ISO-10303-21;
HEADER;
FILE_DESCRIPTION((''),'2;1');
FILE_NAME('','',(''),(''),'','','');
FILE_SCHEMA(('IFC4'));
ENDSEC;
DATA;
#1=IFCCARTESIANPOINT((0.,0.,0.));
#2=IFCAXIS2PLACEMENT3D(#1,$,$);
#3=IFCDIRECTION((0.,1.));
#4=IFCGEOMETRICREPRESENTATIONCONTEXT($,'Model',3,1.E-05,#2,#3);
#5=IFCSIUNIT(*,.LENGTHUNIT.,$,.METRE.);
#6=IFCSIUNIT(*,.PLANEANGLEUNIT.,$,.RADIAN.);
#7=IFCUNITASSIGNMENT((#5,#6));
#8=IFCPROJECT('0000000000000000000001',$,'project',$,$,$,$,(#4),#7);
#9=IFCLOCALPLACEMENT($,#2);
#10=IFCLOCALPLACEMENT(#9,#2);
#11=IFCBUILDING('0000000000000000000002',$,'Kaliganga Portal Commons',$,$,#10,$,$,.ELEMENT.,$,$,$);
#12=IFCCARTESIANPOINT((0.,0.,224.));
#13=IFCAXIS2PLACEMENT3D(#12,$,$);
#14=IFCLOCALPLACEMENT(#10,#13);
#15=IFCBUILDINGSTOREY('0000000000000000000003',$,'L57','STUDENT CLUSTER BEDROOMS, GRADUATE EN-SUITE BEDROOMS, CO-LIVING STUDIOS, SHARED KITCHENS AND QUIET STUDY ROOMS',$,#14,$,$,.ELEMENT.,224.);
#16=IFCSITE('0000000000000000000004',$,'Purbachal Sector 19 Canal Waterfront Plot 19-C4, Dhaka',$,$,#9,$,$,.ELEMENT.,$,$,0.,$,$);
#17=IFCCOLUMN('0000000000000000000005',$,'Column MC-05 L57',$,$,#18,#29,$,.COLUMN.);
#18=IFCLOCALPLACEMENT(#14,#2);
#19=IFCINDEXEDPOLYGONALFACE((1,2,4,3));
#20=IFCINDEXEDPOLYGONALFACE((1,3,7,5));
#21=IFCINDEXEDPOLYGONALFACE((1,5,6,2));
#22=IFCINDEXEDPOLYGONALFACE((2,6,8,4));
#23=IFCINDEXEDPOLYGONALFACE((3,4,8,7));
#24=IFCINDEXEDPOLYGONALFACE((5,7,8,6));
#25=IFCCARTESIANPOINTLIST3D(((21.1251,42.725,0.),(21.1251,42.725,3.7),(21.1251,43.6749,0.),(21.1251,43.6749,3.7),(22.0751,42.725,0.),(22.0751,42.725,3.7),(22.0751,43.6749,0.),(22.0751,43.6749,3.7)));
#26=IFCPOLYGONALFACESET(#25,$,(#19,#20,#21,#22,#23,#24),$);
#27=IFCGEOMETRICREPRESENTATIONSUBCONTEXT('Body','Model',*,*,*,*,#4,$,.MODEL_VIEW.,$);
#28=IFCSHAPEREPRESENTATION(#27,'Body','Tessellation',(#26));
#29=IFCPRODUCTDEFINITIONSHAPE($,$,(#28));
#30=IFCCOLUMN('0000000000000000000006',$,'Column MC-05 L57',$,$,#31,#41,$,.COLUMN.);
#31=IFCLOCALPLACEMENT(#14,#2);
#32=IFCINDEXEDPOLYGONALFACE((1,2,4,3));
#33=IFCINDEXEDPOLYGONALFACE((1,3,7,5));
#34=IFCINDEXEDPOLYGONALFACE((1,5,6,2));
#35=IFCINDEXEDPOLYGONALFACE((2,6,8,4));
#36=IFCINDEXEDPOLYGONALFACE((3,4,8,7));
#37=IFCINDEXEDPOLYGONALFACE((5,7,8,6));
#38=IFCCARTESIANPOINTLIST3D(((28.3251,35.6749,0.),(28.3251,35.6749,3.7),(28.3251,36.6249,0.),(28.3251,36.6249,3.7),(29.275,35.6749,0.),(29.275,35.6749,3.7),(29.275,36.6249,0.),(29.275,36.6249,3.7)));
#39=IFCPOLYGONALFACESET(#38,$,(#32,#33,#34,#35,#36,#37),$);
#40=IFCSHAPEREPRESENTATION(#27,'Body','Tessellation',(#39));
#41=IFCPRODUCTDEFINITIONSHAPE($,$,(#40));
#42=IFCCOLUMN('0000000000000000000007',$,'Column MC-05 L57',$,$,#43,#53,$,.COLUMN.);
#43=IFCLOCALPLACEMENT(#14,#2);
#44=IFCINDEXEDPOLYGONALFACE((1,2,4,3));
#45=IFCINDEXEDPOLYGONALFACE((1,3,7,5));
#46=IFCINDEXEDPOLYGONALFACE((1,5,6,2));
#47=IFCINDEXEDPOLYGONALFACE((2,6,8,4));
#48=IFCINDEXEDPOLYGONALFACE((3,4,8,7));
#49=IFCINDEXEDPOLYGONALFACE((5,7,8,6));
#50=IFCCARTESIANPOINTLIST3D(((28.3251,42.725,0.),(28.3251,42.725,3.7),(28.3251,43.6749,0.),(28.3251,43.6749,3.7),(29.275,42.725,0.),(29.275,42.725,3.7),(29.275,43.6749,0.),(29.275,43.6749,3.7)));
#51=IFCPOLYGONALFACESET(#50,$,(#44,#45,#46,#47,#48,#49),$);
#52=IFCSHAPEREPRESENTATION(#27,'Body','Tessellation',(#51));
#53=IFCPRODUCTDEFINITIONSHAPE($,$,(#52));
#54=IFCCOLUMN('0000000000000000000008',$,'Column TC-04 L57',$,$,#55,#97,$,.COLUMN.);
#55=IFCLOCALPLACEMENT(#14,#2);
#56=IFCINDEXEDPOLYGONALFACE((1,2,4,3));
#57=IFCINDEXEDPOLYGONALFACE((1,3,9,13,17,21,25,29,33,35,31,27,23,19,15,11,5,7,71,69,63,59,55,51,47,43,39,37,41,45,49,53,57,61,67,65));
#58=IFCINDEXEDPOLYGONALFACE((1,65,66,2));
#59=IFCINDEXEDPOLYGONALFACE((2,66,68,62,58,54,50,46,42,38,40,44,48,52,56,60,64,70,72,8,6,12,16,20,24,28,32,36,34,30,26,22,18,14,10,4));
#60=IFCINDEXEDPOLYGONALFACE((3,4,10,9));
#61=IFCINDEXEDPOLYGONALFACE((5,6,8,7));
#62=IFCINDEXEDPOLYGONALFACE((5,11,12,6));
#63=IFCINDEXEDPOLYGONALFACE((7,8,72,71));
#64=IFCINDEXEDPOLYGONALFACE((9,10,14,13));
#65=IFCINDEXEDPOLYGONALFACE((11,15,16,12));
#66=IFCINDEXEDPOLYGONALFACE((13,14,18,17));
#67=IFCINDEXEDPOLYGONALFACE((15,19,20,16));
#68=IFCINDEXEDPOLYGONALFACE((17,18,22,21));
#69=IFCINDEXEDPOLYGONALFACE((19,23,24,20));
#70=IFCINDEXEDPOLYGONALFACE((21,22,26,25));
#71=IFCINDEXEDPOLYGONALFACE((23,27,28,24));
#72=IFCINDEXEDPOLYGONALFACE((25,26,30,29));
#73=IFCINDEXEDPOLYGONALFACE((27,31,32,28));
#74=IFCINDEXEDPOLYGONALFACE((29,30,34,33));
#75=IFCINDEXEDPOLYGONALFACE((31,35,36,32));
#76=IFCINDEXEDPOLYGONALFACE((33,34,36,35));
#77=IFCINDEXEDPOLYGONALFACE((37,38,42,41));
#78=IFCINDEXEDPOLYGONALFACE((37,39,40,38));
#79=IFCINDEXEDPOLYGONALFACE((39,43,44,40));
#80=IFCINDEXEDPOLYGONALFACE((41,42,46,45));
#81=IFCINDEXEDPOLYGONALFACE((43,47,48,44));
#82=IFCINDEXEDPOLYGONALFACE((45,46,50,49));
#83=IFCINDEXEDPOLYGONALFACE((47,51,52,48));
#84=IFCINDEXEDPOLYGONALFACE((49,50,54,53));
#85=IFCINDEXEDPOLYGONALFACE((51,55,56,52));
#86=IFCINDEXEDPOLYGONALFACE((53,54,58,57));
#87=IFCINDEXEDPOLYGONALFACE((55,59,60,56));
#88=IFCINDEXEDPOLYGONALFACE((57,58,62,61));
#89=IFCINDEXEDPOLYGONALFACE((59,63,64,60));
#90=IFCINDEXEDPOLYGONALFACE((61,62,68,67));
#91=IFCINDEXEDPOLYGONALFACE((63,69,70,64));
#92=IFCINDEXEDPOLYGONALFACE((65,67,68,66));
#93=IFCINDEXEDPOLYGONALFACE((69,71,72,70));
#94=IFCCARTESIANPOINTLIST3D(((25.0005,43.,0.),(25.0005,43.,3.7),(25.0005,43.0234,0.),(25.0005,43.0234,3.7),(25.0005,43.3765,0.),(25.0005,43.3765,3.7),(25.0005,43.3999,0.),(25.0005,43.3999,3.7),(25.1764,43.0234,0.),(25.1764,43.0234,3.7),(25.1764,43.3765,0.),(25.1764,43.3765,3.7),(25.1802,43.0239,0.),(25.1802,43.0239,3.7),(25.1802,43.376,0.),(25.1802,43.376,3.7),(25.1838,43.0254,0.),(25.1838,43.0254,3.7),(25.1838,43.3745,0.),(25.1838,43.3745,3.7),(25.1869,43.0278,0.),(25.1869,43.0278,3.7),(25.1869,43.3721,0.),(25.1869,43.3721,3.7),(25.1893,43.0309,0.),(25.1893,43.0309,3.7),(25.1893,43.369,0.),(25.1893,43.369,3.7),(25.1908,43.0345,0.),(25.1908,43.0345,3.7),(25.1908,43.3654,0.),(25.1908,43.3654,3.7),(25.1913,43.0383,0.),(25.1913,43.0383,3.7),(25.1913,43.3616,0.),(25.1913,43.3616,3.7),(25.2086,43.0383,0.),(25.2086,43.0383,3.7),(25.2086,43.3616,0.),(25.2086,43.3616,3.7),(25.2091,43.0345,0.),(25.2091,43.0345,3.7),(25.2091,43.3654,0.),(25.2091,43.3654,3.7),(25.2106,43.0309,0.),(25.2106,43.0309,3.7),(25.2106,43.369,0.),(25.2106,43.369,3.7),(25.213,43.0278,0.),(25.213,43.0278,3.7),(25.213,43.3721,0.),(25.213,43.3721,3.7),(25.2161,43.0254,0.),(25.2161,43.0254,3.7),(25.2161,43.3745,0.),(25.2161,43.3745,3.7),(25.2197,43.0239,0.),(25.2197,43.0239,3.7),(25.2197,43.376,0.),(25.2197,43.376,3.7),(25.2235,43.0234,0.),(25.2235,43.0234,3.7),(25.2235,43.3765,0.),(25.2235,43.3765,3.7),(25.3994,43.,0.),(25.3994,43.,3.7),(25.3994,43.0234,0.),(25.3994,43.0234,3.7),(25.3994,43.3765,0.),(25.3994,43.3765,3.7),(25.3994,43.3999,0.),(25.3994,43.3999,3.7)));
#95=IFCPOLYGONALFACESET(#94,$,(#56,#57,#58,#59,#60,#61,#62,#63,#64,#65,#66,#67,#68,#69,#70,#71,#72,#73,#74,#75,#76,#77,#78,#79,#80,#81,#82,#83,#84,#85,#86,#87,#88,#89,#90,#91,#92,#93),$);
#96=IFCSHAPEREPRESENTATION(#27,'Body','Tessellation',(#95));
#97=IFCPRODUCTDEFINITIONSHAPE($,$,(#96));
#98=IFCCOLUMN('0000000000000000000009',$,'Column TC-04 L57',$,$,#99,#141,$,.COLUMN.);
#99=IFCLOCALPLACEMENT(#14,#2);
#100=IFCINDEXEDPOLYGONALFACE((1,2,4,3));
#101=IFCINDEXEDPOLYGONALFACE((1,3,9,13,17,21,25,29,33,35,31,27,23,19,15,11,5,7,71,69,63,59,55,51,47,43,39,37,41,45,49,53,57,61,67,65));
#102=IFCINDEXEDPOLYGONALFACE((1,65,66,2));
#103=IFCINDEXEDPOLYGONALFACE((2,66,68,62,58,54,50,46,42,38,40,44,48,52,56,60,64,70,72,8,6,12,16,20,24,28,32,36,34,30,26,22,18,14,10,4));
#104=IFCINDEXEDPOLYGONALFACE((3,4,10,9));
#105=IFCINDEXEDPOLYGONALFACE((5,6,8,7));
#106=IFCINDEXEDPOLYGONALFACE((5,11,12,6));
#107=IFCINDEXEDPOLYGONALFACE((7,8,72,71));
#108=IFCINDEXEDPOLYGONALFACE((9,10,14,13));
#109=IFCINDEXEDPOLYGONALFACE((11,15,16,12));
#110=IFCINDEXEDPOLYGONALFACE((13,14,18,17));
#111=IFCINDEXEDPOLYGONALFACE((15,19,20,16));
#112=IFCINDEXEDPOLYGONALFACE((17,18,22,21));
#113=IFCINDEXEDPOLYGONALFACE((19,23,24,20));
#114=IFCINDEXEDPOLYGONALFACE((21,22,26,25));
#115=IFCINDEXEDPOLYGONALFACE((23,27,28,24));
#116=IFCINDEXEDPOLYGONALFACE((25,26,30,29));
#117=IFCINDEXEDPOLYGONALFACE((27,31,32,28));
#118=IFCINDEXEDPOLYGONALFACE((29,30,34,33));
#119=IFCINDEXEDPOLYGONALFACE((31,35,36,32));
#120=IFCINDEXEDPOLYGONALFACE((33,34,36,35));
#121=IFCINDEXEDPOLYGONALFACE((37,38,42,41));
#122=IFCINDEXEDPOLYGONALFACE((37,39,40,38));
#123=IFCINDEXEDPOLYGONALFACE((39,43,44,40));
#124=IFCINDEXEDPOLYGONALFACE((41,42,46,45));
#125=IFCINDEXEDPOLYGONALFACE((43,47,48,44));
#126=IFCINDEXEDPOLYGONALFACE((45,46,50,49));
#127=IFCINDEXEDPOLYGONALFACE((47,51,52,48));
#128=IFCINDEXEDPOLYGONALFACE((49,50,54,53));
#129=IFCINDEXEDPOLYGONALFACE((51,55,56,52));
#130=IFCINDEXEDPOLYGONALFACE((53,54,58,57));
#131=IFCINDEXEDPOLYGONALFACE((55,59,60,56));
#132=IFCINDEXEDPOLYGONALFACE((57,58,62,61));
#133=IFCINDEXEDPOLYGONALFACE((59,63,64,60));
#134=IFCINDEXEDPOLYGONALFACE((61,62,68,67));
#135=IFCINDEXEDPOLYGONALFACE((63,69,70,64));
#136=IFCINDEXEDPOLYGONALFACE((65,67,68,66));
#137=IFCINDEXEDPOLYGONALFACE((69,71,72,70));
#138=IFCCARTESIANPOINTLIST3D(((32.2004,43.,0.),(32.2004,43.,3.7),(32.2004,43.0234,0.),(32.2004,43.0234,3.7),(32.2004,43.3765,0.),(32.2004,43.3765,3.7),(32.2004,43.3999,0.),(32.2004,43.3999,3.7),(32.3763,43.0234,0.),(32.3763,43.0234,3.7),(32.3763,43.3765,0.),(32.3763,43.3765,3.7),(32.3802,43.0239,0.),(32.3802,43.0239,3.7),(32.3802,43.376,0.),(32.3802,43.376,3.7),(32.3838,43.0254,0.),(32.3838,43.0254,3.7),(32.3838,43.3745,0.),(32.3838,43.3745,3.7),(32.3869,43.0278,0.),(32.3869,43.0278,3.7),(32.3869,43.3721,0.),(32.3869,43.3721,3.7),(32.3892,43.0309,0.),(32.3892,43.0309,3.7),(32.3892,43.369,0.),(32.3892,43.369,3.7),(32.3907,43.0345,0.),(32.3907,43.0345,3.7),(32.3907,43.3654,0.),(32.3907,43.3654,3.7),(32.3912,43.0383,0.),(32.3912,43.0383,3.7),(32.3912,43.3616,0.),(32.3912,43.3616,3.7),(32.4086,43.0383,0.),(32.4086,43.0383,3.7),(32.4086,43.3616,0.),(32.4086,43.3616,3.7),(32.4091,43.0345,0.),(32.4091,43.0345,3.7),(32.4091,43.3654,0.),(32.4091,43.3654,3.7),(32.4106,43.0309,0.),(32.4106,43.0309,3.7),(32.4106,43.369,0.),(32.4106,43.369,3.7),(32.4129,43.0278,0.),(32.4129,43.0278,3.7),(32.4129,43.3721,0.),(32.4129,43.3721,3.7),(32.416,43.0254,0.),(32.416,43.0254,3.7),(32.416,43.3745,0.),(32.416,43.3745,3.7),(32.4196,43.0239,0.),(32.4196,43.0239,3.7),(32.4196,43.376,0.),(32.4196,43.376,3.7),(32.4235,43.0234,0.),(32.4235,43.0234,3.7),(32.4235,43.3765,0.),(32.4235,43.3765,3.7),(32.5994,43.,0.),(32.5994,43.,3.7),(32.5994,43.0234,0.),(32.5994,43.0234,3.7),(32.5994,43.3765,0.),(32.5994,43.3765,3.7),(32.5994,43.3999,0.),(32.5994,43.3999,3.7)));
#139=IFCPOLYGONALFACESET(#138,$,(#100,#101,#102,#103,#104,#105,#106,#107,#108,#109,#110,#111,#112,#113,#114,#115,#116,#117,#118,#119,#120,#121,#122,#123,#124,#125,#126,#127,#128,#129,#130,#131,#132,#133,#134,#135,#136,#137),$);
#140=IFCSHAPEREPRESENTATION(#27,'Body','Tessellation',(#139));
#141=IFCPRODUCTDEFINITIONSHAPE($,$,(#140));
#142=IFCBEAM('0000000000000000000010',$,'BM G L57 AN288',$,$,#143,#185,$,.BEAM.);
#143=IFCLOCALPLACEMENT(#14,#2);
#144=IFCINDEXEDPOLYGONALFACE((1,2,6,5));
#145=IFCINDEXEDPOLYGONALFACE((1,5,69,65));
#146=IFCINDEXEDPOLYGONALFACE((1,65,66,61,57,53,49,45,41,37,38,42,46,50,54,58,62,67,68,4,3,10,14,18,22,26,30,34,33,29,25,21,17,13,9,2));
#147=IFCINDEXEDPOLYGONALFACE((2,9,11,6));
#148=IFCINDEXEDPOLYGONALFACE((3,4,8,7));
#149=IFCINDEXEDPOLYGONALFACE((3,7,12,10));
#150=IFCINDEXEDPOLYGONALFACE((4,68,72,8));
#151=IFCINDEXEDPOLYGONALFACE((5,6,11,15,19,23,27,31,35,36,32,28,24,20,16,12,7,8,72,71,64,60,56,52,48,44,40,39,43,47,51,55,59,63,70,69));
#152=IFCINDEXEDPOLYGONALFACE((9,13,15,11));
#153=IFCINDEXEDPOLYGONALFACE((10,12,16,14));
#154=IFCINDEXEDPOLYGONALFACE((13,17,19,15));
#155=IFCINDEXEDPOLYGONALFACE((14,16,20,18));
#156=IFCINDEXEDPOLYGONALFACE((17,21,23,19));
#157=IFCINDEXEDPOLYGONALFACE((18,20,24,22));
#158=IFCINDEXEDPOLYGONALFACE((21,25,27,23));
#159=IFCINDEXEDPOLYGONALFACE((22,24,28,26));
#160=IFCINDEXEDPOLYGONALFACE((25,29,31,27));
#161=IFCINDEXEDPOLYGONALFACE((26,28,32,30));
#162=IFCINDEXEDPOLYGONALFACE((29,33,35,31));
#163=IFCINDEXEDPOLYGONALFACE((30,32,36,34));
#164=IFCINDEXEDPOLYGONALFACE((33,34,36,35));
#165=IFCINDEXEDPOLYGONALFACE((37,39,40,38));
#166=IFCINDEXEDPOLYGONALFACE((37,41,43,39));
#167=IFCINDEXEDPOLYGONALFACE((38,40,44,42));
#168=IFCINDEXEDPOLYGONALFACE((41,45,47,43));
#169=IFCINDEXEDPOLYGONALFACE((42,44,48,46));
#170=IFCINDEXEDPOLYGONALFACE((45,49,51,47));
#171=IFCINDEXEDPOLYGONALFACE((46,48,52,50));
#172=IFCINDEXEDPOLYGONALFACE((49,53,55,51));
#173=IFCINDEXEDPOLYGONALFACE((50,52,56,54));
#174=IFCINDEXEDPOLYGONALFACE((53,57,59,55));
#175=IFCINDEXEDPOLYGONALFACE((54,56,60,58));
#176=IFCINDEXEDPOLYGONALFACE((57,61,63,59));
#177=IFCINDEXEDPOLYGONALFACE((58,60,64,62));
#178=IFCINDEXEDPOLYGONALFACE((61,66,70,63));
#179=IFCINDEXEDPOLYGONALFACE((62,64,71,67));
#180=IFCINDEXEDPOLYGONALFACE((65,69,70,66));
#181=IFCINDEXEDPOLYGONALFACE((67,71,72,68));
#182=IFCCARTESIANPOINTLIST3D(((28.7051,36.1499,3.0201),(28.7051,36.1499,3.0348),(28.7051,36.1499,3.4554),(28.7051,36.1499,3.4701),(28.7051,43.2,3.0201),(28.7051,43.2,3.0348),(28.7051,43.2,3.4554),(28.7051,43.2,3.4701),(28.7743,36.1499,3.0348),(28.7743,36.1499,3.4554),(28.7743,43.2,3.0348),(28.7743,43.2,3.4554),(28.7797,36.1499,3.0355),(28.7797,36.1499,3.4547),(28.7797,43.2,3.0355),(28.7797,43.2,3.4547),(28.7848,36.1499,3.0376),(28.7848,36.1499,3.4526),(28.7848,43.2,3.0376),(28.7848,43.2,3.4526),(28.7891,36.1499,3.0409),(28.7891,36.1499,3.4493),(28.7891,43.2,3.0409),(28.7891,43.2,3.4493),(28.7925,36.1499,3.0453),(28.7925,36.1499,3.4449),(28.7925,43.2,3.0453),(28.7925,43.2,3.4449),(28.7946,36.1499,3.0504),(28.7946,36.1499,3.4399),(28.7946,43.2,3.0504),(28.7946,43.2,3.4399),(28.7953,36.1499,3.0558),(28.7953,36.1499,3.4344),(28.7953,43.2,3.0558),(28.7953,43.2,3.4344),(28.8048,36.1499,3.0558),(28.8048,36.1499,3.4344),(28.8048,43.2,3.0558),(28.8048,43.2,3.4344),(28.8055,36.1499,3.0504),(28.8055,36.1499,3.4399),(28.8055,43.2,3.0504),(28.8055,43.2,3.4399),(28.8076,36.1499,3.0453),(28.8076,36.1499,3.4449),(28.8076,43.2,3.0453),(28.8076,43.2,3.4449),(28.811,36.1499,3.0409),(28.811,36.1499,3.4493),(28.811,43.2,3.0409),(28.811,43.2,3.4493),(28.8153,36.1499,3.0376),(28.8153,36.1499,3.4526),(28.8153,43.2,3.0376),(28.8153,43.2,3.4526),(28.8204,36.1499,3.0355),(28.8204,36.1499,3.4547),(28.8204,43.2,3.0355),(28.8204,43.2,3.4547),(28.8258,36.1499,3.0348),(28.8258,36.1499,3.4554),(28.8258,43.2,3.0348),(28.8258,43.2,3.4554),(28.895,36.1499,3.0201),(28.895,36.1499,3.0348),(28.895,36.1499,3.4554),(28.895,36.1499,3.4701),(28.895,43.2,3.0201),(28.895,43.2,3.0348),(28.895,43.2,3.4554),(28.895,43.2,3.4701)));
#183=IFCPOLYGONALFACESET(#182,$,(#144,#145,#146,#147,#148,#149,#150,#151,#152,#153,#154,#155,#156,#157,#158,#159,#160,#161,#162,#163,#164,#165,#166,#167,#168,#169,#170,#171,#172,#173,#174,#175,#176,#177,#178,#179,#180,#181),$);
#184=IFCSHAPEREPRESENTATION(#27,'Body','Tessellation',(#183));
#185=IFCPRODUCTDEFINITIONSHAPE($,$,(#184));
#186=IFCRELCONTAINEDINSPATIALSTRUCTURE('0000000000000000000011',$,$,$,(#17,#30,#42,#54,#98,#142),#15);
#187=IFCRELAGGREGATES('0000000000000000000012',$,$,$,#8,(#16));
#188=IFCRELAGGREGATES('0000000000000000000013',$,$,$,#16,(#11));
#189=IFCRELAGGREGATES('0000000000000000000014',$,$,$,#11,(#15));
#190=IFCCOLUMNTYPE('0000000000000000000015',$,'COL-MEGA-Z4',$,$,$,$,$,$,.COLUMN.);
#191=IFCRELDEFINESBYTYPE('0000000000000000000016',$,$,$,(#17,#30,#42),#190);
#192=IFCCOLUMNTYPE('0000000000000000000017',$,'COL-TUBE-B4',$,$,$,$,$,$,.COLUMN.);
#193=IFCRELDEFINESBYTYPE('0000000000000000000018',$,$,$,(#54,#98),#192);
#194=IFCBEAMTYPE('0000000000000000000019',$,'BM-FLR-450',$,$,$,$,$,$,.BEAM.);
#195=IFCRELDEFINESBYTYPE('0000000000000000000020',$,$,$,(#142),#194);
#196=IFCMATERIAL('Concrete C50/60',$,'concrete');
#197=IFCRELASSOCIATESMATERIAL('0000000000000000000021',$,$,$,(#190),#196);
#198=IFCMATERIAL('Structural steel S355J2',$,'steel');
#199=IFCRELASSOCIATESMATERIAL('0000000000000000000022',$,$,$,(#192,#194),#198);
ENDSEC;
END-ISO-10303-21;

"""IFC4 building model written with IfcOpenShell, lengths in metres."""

from ifc_helpers import new_model, si_unit, direction, frame, origin, origin_2d, place, context, subcontext, project, spatial, rectangle, i_section, extrude, source, transform, mapped, material, material_profile, profile_set, type_object, element, save


model = new_model("IFC4")

# Units and contexts
model_context = context("Model", 3, precision=1e-05, world=origin(), true_north=direction((0.0, 1.0)))
body_context = subcontext(model_context, "Body", "Model", "MODEL_VIEW")
ifc_project = project(units=[si_unit("LENGTHUNIT", "METRE"), si_unit("PLANEANGLEUNIT", "RADIAN")], contexts=[model_context])

# Site, building, storey
site_placement = place(None, origin())
site = spatial("IfcSite", under=ifc_project, at=site_placement, Name="Purbachal Sector 19 Canal Waterfront Plot 19-C4, Dhaka", CompositionType="ELEMENT", RefElevation=0.0)
building_placement = place(site_placement, origin())
building = spatial("IfcBuilding", under=site, at=building_placement, Name="Kaliganga Portal Commons", CompositionType="ELEMENT")
storey_placement = place(building_placement, frame((0.0, 0.0, 224.0)))
storey = spatial("IfcBuildingStorey", under=building, at=storey_placement, Name="L57", Description="STUDENT CLUSTER BEDROOMS, GRADUATE EN-SUITE BEDROOMS, CO-LIVING STUDIOS, SHARED KITCHENS AND QUIET STUDY ROOMS", CompositionType="ELEMENT", Elevation=224.0)

# Columns
ifc_material_1 = material(Name="Concrete C50/60", Category="concrete")
ifc_material_profile_1 = material_profile(ifc_material_1, rectangle(XDim=0.95, YDim=0.95, at=origin_2d()), Name="RC 950x950")
ifc_profile_set_1 = profile_set([ifc_material_profile_1], Name="Concrete C50/60")
column_type_1 = type_object("IfcColumnType", Name="COL-MEGA-Z4", PredefinedType="COLUMN", material=ifc_profile_set_1)
shared_shape_1 = source(origin(), body_context, "Body", "SweptSolid", [
    extrude(rectangle(XDim=0.95, YDim=0.95, at=origin_2d()), origin(), (0.0, 0.0, 1.0), 3.7),
])
for number, where, z_axis, x_axis, name in (
    (1, (21.6001, 43.2, 0.0), (0.0, 0.0, 1.0), (1.0, 0.0, 0.0), "Column MC-05 L57"),
    (2, (28.8, 36.1499, 0.0), (0.0, 0.0, 1.0), (1.0, 0.0, 0.0), "Column MC-05 L57"),
    (3, (28.8, 43.2, 0.0), (0.0, 0.0, 1.0), (1.0, 0.0, 0.0), "Column MC-05 L57"),
):
    element("IfcColumn", number, at=place(storey_placement, frame(where, z_axis=z_axis, x_axis=x_axis)), inside=storey, type_object=column_type_1, Name=name, PredefinedType="COLUMN", context=body_context, shape_type="MappedRepresentation", body=[
        mapped(shared_shape_1, transform((0.0, 0.0, 0.0), x_axis=(1.0, 0.0, 0.0), y_axis=(0.0, 1.0, 0.0), z_axis=(0.0, 0.0, 1.0), scale=1.0)),
    ])
ifc_material_2 = material(Name="Structural steel S355J2", Category="steel")
ifc_material_profile_2 = material_profile(ifc_material_2, i_section(OverallWidth=0.3989, OverallDepth=0.3999, WebThickness=0.0173, FlangeThickness=0.0234, FilletRadius=0.0149, at=origin_2d()), Name="HD 400x287")
ifc_profile_set_2 = profile_set([ifc_material_profile_2], Name="Structural steel S355J2 wide-flange")
column_type_2 = type_object("IfcColumnType", Name="COL-TUBE-B4", PredefinedType="COLUMN", material=ifc_profile_set_2)
shared_shape_2 = source(origin(), body_context, "Body", "SweptSolid", [
    extrude(i_section(OverallWidth=0.3989, OverallDepth=0.3999, WebThickness=0.0173, FlangeThickness=0.0234, FilletRadius=0.0149, at=origin_2d()), origin(), (0.0, 0.0, 1.0), 3.7),
])
for number, where, z_axis, x_axis, name in (
    (4, (25.2, 43.2, 0.0), (0.0, 0.0, 1.0), (1.0, 0.0, 0.0), "Column TC-04 L57"),
    (5, (32.3999, 43.2, 0.0), (0.0, 0.0, 1.0), (1.0, 0.0, 0.0), "Column TC-04 L57"),
):
    element("IfcColumn", number, at=place(storey_placement, frame(where, z_axis=z_axis, x_axis=x_axis)), inside=storey, type_object=column_type_2, Name=name, PredefinedType="COLUMN", context=body_context, shape_type="MappedRepresentation", body=[
        mapped(shared_shape_2, transform((0.0, 0.0, 0.0), x_axis=(1.0, 0.0, 0.0), y_axis=(0.0, 1.0, 0.0), z_axis=(0.0, 0.0, 1.0), scale=1.0)),
    ])

# Beam
ifc_material_profile_3 = material_profile(ifc_material_2, i_section(OverallWidth=0.1899, OverallDepth=0.45, WebThickness=0.0095, FlangeThickness=0.0146, FilletRadius=0.021, at=origin_2d()), Name="IPE 450")
ifc_profile_set_3 = profile_set([ifc_material_profile_3], Name="Structural steel S355J2 wide-flange")
beam_type_1 = type_object("IfcBeamType", Name="BM-FLR-450", PredefinedType="BEAM", material=ifc_profile_set_3)
shared_shape_3 = source(origin(), body_context, "Body", "SweptSolid", [
    extrude(i_section(OverallWidth=0.1899, OverallDepth=0.45, WebThickness=0.0095, FlangeThickness=0.0146, FilletRadius=0.021, at=origin_2d()), origin(), (0.0, 0.0, 1.0), 7.05),
])
beam_1_placement = place(storey_placement, frame((28.8, 36.1499, 3.2451), z_axis=(0.0, 1.0, 0.0), x_axis=(-1.0, 0.0, 0.0)))
element("IfcBeam", 6, at=beam_1_placement, inside=storey, type_object=beam_type_1, Name="BM G L57 AN288", PredefinedType="BEAM", context=body_context, shape_type="MappedRepresentation", body=[
    mapped(shared_shape_3, transform((0.0, 0.0, 0.0), x_axis=(1.0, 0.0, 0.0), y_axis=(0.0, 1.0, 0.0), z_axis=(0.0, 0.0, 1.0), scale=1.0)),
])

save(model, "model.ifc")
